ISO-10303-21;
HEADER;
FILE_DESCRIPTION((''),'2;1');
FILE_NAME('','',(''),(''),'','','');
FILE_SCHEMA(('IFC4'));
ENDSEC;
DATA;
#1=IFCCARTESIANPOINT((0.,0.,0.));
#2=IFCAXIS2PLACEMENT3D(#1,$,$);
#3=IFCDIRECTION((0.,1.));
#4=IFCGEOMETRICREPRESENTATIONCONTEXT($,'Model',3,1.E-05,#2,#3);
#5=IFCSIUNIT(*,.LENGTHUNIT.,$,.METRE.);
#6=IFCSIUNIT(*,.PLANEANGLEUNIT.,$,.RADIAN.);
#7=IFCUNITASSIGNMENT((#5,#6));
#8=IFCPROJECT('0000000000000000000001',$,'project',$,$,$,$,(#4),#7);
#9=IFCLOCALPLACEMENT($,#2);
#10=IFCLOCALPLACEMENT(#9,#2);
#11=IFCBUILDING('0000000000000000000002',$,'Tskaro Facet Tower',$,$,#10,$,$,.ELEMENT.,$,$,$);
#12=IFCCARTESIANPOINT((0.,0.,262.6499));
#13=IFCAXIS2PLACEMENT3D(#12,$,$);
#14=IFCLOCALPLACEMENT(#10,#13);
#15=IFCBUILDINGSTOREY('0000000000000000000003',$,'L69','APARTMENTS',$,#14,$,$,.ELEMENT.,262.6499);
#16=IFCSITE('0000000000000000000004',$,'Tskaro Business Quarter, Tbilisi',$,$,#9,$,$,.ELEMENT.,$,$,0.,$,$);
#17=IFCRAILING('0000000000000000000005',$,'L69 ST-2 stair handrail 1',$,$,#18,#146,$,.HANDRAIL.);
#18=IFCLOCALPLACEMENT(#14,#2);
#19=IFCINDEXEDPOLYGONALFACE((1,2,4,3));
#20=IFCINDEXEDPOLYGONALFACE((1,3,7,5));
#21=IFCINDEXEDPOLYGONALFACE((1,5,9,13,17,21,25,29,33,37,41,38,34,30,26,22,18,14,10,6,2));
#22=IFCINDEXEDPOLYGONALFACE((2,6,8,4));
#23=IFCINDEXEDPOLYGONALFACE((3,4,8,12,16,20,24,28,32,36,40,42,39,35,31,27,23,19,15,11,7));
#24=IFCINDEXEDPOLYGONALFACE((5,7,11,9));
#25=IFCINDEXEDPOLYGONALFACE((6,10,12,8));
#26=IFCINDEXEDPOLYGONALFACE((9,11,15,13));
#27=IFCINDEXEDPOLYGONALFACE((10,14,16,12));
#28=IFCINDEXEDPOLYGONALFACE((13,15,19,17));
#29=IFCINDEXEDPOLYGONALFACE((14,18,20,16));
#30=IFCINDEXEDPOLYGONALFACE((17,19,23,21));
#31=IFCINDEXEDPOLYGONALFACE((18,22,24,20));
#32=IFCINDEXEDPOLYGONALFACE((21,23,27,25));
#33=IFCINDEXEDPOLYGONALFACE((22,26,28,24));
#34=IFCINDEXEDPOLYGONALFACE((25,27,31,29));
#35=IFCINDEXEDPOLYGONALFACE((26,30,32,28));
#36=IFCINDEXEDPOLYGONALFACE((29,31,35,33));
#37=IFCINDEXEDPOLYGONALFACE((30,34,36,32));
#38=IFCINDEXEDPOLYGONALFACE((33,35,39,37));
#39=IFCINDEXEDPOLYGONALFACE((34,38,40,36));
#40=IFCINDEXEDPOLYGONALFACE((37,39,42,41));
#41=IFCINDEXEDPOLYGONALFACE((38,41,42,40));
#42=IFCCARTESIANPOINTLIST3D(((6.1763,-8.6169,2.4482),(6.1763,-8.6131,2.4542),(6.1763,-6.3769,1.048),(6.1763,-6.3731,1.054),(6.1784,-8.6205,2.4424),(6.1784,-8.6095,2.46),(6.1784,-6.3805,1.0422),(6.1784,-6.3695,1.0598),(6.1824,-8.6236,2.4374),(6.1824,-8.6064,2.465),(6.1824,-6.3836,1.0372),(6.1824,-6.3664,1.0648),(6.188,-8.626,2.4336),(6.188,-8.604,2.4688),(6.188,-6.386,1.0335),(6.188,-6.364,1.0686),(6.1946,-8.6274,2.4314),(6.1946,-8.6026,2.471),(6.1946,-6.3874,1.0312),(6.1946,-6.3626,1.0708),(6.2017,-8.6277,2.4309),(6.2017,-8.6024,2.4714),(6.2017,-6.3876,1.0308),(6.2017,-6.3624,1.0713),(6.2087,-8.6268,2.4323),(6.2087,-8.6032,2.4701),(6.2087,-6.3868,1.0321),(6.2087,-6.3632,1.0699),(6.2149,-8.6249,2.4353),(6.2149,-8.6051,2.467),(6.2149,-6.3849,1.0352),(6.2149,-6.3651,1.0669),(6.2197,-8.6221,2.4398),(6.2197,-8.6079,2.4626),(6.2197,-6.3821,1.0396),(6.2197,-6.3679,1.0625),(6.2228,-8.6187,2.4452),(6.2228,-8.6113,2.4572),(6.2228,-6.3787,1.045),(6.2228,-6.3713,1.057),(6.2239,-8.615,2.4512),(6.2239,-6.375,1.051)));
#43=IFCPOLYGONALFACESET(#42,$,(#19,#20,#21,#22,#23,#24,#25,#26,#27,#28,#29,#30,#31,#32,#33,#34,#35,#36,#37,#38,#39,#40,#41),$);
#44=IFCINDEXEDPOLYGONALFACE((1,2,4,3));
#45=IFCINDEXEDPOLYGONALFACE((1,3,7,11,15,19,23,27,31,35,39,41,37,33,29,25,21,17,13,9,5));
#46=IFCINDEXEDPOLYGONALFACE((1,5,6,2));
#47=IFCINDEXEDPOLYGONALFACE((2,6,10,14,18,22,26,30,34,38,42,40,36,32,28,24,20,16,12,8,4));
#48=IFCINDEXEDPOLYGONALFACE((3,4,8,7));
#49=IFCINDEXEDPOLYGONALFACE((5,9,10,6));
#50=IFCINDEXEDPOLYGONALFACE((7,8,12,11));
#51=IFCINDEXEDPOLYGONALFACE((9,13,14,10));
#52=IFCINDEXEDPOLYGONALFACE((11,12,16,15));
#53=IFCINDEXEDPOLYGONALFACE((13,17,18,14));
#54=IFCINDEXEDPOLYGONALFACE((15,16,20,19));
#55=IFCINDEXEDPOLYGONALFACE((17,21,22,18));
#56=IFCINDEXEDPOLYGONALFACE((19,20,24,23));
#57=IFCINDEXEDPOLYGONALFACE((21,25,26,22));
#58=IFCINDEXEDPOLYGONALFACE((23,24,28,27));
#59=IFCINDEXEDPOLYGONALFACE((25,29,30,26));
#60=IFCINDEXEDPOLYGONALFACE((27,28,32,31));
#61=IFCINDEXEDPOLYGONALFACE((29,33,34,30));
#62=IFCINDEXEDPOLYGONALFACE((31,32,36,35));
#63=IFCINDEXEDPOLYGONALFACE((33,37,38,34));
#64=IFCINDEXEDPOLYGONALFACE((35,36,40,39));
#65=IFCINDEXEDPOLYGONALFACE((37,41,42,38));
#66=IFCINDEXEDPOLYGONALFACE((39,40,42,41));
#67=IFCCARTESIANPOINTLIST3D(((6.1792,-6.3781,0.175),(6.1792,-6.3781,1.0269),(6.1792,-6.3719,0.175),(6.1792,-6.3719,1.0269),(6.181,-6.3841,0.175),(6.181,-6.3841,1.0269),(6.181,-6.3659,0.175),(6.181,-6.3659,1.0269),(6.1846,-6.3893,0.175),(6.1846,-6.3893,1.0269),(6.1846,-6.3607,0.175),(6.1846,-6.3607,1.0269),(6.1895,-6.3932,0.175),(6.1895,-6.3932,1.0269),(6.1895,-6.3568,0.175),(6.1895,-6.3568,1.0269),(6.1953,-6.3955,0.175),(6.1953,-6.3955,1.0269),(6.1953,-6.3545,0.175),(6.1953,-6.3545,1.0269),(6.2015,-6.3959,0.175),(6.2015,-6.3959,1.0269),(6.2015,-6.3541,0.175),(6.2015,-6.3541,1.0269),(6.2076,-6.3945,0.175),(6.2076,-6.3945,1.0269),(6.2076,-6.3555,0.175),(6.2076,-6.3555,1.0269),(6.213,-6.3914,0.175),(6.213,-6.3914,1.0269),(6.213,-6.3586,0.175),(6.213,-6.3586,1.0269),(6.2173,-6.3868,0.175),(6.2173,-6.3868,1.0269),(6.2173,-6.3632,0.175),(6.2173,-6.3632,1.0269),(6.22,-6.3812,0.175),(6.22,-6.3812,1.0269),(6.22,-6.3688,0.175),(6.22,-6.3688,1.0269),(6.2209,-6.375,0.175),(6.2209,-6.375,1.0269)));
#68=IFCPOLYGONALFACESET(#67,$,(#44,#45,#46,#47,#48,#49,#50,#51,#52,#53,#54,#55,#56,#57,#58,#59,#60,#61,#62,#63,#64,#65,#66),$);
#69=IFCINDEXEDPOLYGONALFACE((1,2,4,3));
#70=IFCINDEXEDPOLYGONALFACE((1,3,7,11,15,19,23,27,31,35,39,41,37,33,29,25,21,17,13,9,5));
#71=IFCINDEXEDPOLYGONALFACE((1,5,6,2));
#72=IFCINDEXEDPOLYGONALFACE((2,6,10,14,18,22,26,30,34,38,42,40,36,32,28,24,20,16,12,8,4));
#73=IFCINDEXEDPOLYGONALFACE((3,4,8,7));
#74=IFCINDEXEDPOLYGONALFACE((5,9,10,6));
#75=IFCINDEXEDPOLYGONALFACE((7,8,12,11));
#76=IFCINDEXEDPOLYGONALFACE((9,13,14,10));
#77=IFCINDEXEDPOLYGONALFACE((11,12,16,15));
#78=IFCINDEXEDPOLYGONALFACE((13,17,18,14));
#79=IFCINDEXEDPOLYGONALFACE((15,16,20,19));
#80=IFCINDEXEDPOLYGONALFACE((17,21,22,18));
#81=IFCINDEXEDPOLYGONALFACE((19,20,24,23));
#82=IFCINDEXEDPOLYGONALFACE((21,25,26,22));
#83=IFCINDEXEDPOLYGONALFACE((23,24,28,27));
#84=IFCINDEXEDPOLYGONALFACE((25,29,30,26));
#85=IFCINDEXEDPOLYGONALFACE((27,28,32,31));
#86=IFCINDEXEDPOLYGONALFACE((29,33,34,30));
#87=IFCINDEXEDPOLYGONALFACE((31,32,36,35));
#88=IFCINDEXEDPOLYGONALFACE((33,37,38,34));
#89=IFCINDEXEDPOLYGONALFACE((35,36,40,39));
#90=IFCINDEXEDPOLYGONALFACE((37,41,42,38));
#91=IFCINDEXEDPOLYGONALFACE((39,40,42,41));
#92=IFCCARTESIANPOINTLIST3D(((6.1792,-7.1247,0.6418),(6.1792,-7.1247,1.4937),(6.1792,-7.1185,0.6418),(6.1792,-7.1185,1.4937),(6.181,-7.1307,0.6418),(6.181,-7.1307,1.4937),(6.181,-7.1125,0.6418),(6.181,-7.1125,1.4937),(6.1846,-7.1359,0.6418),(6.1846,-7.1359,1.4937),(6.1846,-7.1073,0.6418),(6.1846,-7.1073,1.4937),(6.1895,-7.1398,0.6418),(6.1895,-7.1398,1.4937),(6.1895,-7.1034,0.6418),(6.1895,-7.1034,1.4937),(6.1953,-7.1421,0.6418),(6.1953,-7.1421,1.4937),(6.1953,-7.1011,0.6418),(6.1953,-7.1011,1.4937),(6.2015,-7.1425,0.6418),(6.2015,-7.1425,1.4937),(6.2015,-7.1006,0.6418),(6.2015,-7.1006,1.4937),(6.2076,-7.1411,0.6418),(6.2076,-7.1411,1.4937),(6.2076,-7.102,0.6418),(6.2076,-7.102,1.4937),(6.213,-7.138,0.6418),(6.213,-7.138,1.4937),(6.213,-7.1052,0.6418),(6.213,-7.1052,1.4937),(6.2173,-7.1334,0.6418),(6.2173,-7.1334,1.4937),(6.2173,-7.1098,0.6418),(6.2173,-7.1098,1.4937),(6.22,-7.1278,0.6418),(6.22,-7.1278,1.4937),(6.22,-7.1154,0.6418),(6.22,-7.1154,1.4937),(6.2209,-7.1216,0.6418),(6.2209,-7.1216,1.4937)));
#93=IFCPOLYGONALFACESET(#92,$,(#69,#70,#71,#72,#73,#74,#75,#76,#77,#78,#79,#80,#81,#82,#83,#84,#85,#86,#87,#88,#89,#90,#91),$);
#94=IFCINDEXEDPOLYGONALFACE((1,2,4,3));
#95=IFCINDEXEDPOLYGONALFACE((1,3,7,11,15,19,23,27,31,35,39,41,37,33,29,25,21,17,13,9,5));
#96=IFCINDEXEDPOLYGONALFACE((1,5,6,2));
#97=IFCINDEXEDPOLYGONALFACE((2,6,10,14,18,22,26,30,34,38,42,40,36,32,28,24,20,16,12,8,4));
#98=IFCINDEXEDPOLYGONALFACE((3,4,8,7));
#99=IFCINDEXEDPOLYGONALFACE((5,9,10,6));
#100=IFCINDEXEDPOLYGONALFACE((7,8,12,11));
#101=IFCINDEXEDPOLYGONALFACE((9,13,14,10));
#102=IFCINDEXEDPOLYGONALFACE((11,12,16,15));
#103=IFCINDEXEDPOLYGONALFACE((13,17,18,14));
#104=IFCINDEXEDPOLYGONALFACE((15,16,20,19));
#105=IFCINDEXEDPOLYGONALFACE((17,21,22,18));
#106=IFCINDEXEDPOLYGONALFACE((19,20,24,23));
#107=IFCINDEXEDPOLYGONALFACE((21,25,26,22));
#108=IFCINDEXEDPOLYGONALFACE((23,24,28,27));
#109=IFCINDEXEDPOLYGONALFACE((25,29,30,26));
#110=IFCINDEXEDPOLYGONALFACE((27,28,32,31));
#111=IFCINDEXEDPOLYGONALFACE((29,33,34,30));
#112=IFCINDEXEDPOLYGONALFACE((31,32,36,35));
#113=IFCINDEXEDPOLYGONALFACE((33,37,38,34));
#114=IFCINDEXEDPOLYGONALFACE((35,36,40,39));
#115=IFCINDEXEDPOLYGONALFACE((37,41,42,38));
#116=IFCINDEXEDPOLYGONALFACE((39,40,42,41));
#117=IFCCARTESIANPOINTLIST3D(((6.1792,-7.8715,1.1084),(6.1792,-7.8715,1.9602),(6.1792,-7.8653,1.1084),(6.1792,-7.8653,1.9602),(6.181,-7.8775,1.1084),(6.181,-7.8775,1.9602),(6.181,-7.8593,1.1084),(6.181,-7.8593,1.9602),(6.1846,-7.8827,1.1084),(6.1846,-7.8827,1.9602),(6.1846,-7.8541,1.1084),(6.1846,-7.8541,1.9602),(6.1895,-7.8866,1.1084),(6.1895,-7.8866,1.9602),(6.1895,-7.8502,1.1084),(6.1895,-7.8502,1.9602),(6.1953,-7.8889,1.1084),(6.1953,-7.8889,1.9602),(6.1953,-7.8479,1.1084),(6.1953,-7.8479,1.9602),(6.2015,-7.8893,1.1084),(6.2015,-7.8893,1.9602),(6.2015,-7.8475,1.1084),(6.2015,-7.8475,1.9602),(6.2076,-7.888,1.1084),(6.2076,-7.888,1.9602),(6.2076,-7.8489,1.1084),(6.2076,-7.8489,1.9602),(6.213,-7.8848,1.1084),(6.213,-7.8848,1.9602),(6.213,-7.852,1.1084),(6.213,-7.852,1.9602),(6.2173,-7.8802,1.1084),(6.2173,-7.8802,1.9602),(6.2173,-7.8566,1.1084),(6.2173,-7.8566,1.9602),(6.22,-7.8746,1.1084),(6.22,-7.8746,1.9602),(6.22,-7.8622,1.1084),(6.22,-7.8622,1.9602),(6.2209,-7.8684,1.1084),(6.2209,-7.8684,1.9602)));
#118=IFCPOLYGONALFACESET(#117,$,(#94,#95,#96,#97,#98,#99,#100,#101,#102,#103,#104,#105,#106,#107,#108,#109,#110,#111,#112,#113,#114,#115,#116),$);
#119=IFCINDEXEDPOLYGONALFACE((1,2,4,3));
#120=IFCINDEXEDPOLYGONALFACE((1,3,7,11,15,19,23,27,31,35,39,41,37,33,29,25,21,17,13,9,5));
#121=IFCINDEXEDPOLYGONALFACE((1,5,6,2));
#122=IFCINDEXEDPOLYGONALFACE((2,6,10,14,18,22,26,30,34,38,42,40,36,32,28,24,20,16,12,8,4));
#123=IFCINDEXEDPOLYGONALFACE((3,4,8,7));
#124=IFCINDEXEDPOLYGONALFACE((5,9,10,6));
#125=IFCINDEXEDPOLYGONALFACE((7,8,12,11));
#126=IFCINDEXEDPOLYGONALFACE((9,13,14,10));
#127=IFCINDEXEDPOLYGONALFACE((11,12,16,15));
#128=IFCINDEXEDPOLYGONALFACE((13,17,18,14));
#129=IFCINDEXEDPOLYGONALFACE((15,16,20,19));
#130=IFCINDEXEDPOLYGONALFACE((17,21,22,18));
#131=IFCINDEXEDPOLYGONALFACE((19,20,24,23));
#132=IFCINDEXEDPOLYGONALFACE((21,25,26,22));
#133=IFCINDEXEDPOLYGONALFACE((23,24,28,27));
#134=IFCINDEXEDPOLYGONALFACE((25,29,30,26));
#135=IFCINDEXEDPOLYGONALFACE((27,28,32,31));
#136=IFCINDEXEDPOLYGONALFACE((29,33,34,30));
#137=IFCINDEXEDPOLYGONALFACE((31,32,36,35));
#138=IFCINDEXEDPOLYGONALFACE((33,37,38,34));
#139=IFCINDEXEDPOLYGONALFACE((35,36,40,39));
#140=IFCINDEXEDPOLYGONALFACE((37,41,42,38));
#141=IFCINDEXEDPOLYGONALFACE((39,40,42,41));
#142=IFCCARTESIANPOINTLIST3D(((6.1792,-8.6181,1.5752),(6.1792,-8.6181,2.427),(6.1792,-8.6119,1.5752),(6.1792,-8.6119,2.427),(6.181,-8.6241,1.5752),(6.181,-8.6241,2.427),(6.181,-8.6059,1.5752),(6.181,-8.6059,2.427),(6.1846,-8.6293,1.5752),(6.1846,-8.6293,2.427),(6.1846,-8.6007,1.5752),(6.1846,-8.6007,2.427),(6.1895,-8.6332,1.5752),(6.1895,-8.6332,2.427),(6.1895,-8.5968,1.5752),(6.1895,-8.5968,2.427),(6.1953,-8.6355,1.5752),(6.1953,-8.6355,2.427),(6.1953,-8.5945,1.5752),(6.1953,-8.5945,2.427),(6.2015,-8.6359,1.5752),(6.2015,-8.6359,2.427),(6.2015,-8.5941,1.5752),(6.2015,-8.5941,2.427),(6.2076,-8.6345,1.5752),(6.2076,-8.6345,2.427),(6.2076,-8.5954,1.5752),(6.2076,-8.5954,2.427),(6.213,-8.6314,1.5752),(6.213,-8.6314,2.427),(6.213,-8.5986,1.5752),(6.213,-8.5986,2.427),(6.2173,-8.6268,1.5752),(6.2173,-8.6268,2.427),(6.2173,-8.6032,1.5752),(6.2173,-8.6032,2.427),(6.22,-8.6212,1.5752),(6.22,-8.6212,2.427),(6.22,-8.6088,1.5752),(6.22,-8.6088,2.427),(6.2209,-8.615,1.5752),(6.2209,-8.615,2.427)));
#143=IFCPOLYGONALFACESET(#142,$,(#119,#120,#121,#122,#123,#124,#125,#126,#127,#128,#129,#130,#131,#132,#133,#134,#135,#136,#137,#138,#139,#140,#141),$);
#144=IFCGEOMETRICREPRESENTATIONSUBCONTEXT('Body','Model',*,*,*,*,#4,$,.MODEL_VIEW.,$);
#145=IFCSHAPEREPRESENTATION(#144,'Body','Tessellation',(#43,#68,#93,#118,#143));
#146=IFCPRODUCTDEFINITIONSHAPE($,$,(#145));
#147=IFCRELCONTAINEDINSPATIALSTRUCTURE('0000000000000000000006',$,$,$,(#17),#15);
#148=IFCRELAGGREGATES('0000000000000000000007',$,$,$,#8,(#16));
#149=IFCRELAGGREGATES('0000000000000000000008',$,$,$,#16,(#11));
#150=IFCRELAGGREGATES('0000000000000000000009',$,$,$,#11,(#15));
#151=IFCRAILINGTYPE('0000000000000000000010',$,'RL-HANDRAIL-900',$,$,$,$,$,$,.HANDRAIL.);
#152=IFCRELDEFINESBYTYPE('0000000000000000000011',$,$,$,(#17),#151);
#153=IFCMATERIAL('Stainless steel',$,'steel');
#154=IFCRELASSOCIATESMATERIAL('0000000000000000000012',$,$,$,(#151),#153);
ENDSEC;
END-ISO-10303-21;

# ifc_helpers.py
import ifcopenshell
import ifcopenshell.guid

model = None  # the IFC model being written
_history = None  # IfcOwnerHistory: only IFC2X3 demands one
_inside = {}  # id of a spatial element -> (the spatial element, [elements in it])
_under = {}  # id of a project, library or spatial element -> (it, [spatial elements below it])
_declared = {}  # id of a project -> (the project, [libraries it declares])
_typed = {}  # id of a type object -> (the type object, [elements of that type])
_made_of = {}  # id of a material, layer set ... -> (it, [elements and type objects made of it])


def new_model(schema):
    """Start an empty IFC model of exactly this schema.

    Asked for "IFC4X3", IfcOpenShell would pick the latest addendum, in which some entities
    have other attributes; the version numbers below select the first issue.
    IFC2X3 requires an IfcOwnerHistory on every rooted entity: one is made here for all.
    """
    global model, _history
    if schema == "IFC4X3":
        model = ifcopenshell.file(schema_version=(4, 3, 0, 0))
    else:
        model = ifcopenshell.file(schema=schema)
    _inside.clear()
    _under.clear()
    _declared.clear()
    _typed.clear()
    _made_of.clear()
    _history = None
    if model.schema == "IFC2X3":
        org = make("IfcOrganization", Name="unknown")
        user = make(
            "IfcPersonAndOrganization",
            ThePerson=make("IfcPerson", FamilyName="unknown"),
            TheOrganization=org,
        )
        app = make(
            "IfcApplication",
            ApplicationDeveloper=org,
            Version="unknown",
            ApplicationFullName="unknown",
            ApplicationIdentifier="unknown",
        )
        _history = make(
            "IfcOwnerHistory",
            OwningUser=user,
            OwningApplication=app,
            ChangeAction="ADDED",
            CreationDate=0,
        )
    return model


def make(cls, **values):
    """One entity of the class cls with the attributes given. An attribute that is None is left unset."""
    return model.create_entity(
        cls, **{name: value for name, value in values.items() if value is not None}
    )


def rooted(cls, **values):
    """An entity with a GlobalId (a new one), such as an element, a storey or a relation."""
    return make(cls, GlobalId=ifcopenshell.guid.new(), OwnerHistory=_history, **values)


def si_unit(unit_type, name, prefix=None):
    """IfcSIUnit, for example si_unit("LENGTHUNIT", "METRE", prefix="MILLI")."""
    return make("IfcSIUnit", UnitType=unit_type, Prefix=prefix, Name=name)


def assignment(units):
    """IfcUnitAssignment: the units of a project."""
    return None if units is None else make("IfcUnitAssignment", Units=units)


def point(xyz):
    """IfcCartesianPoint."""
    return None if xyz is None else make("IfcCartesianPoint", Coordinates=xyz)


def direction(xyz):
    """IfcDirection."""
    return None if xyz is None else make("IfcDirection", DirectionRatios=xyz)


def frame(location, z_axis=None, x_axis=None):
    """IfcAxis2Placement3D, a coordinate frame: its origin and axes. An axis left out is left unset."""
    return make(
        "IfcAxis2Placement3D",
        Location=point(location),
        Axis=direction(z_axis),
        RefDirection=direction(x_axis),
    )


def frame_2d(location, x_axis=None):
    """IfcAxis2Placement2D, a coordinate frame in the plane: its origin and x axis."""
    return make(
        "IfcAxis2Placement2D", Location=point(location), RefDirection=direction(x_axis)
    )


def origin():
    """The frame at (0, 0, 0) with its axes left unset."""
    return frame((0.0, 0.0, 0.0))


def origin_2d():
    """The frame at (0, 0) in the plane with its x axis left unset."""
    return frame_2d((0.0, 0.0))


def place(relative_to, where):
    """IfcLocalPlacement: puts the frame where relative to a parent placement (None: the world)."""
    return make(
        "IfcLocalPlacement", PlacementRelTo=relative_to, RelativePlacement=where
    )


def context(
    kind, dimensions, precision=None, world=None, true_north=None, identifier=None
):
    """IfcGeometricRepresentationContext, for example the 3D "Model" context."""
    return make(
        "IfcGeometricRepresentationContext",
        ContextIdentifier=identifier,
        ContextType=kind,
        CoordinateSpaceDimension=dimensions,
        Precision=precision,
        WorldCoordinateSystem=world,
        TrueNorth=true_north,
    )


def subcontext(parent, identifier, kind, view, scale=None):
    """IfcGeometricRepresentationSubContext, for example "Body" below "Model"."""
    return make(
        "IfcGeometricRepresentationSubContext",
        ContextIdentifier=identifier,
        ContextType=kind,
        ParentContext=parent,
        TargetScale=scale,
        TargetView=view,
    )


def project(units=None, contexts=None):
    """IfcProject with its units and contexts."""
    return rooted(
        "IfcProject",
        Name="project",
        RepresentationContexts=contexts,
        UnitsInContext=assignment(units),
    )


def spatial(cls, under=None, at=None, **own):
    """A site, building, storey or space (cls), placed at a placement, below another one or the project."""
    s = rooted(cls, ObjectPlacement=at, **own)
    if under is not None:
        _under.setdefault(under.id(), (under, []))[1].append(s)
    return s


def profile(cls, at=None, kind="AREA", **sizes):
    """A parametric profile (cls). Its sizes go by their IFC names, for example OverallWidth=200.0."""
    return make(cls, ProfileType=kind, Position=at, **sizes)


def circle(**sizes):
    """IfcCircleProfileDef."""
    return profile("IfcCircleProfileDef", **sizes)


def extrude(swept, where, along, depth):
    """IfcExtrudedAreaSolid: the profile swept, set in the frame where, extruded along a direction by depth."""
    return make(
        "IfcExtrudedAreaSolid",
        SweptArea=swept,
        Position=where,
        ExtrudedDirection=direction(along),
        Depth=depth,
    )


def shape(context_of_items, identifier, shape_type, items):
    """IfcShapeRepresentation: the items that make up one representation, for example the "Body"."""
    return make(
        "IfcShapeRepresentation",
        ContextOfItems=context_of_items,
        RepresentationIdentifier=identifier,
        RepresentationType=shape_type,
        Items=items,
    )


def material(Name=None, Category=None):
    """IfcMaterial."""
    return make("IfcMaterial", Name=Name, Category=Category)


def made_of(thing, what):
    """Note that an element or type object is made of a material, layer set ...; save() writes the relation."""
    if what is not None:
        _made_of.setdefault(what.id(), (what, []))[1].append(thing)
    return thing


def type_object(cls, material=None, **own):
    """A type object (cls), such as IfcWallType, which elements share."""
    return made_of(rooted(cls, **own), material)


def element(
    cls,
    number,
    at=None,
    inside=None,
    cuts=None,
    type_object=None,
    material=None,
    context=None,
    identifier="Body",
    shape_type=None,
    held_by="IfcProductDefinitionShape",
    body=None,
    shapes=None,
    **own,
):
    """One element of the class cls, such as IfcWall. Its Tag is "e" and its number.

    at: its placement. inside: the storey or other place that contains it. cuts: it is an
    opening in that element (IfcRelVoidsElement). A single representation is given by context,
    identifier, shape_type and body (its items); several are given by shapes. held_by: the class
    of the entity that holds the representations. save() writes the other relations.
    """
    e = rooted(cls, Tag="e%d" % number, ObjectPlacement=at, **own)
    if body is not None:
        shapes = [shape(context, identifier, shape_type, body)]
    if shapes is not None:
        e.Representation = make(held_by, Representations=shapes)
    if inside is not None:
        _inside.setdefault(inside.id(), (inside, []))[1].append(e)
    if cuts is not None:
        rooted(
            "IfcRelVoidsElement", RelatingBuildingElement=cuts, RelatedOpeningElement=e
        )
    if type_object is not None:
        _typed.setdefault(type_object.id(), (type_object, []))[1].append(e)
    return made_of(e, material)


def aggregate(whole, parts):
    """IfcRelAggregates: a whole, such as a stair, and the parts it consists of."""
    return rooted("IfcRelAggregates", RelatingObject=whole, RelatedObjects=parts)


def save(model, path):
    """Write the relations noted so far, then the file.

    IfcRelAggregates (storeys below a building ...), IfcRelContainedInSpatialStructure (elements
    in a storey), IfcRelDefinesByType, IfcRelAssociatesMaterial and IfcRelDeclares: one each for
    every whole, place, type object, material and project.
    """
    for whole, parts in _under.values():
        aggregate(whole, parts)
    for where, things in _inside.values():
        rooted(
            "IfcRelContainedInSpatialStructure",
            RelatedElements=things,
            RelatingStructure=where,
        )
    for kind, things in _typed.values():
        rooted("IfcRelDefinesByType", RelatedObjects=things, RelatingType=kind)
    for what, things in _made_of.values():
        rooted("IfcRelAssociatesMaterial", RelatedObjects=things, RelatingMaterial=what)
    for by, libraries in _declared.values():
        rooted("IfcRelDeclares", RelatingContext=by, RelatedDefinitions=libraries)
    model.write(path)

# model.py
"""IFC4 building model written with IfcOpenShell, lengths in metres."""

from ifc_helpers import new_model, si_unit, direction, frame, origin, origin_2d, place, context, subcontext, project, spatial, circle, extrude, material, type_object, element, save


model = new_model("IFC4")

# Units and contexts
model_context = context("Model", 3, precision=1e-05, world=origin(), true_north=direction((0.0, 1.0)))
body_context = subcontext(model_context, "Body", "Model", "MODEL_VIEW")
ifc_project = project(units=[si_unit("LENGTHUNIT", "METRE"), si_unit("PLANEANGLEUNIT", "RADIAN")], contexts=[model_context])

# Site, building, storey
site_placement = place(None, origin())
site = spatial("IfcSite", under=ifc_project, at=site_placement, Name="Tskaro Business Quarter, Tbilisi", CompositionType="ELEMENT", RefElevation=0.0)
building_placement = place(site_placement, origin())
building = spatial("IfcBuilding", under=site, at=building_placement, Name="Tskaro Facet Tower", CompositionType="ELEMENT")
storey_placement = place(building_placement, frame((0.0, 0.0, 262.6499)))
storey = spatial("IfcBuildingStorey", under=building, at=storey_placement, Name="L69", Description="APARTMENTS", CompositionType="ELEMENT", Elevation=262.6499)

# Railing
ifc_material_1 = material(Name="Stainless steel", Category="steel")
railing_type_1 = type_object("IfcRailingType", Name="RL-HANDRAIL-900", PredefinedType="HANDRAIL", material=ifc_material_1)
railing_1_placement = place(storey_placement, frame((6.2, -6.375, 0.175)))
element("IfcRailing", 1, at=railing_1_placement, inside=storey, type_object=railing_type_1, Name="L69 ST-2 stair handrail 1", PredefinedType="HANDRAIL", context=body_context, shape_type="SweptSolid", body=[
    extrude(circle(Radius=0.0239, at=origin_2d()), frame((0.0, 0.0, 0.876), z_axis=(0.0, -0.847972, 0.53004), x_axis=(1.0, 0.0, 0.0)), (0.0, 0.0, 1.0), 2.6416),
    extrude(circle(Radius=0.021, at=origin_2d()), origin(), (0.0, 0.0, 1.0), 0.8518),
    extrude(circle(Radius=0.021, at=origin_2d()), frame((0.0, -0.7466, 0.4668)), (0.0, 0.0, 1.0), 0.8518),
    extrude(circle(Radius=0.021, at=origin_2d()), frame((0.0, -1.4934, 0.9333)), (0.0, 0.0, 1.0), 0.8518),
    extrude(circle(Radius=0.021, at=origin_2d()), frame((0.0, -2.24, 1.4001)), (0.0, 0.0, 1.0), 0.8518),
])

save(model, "model.ifc")
